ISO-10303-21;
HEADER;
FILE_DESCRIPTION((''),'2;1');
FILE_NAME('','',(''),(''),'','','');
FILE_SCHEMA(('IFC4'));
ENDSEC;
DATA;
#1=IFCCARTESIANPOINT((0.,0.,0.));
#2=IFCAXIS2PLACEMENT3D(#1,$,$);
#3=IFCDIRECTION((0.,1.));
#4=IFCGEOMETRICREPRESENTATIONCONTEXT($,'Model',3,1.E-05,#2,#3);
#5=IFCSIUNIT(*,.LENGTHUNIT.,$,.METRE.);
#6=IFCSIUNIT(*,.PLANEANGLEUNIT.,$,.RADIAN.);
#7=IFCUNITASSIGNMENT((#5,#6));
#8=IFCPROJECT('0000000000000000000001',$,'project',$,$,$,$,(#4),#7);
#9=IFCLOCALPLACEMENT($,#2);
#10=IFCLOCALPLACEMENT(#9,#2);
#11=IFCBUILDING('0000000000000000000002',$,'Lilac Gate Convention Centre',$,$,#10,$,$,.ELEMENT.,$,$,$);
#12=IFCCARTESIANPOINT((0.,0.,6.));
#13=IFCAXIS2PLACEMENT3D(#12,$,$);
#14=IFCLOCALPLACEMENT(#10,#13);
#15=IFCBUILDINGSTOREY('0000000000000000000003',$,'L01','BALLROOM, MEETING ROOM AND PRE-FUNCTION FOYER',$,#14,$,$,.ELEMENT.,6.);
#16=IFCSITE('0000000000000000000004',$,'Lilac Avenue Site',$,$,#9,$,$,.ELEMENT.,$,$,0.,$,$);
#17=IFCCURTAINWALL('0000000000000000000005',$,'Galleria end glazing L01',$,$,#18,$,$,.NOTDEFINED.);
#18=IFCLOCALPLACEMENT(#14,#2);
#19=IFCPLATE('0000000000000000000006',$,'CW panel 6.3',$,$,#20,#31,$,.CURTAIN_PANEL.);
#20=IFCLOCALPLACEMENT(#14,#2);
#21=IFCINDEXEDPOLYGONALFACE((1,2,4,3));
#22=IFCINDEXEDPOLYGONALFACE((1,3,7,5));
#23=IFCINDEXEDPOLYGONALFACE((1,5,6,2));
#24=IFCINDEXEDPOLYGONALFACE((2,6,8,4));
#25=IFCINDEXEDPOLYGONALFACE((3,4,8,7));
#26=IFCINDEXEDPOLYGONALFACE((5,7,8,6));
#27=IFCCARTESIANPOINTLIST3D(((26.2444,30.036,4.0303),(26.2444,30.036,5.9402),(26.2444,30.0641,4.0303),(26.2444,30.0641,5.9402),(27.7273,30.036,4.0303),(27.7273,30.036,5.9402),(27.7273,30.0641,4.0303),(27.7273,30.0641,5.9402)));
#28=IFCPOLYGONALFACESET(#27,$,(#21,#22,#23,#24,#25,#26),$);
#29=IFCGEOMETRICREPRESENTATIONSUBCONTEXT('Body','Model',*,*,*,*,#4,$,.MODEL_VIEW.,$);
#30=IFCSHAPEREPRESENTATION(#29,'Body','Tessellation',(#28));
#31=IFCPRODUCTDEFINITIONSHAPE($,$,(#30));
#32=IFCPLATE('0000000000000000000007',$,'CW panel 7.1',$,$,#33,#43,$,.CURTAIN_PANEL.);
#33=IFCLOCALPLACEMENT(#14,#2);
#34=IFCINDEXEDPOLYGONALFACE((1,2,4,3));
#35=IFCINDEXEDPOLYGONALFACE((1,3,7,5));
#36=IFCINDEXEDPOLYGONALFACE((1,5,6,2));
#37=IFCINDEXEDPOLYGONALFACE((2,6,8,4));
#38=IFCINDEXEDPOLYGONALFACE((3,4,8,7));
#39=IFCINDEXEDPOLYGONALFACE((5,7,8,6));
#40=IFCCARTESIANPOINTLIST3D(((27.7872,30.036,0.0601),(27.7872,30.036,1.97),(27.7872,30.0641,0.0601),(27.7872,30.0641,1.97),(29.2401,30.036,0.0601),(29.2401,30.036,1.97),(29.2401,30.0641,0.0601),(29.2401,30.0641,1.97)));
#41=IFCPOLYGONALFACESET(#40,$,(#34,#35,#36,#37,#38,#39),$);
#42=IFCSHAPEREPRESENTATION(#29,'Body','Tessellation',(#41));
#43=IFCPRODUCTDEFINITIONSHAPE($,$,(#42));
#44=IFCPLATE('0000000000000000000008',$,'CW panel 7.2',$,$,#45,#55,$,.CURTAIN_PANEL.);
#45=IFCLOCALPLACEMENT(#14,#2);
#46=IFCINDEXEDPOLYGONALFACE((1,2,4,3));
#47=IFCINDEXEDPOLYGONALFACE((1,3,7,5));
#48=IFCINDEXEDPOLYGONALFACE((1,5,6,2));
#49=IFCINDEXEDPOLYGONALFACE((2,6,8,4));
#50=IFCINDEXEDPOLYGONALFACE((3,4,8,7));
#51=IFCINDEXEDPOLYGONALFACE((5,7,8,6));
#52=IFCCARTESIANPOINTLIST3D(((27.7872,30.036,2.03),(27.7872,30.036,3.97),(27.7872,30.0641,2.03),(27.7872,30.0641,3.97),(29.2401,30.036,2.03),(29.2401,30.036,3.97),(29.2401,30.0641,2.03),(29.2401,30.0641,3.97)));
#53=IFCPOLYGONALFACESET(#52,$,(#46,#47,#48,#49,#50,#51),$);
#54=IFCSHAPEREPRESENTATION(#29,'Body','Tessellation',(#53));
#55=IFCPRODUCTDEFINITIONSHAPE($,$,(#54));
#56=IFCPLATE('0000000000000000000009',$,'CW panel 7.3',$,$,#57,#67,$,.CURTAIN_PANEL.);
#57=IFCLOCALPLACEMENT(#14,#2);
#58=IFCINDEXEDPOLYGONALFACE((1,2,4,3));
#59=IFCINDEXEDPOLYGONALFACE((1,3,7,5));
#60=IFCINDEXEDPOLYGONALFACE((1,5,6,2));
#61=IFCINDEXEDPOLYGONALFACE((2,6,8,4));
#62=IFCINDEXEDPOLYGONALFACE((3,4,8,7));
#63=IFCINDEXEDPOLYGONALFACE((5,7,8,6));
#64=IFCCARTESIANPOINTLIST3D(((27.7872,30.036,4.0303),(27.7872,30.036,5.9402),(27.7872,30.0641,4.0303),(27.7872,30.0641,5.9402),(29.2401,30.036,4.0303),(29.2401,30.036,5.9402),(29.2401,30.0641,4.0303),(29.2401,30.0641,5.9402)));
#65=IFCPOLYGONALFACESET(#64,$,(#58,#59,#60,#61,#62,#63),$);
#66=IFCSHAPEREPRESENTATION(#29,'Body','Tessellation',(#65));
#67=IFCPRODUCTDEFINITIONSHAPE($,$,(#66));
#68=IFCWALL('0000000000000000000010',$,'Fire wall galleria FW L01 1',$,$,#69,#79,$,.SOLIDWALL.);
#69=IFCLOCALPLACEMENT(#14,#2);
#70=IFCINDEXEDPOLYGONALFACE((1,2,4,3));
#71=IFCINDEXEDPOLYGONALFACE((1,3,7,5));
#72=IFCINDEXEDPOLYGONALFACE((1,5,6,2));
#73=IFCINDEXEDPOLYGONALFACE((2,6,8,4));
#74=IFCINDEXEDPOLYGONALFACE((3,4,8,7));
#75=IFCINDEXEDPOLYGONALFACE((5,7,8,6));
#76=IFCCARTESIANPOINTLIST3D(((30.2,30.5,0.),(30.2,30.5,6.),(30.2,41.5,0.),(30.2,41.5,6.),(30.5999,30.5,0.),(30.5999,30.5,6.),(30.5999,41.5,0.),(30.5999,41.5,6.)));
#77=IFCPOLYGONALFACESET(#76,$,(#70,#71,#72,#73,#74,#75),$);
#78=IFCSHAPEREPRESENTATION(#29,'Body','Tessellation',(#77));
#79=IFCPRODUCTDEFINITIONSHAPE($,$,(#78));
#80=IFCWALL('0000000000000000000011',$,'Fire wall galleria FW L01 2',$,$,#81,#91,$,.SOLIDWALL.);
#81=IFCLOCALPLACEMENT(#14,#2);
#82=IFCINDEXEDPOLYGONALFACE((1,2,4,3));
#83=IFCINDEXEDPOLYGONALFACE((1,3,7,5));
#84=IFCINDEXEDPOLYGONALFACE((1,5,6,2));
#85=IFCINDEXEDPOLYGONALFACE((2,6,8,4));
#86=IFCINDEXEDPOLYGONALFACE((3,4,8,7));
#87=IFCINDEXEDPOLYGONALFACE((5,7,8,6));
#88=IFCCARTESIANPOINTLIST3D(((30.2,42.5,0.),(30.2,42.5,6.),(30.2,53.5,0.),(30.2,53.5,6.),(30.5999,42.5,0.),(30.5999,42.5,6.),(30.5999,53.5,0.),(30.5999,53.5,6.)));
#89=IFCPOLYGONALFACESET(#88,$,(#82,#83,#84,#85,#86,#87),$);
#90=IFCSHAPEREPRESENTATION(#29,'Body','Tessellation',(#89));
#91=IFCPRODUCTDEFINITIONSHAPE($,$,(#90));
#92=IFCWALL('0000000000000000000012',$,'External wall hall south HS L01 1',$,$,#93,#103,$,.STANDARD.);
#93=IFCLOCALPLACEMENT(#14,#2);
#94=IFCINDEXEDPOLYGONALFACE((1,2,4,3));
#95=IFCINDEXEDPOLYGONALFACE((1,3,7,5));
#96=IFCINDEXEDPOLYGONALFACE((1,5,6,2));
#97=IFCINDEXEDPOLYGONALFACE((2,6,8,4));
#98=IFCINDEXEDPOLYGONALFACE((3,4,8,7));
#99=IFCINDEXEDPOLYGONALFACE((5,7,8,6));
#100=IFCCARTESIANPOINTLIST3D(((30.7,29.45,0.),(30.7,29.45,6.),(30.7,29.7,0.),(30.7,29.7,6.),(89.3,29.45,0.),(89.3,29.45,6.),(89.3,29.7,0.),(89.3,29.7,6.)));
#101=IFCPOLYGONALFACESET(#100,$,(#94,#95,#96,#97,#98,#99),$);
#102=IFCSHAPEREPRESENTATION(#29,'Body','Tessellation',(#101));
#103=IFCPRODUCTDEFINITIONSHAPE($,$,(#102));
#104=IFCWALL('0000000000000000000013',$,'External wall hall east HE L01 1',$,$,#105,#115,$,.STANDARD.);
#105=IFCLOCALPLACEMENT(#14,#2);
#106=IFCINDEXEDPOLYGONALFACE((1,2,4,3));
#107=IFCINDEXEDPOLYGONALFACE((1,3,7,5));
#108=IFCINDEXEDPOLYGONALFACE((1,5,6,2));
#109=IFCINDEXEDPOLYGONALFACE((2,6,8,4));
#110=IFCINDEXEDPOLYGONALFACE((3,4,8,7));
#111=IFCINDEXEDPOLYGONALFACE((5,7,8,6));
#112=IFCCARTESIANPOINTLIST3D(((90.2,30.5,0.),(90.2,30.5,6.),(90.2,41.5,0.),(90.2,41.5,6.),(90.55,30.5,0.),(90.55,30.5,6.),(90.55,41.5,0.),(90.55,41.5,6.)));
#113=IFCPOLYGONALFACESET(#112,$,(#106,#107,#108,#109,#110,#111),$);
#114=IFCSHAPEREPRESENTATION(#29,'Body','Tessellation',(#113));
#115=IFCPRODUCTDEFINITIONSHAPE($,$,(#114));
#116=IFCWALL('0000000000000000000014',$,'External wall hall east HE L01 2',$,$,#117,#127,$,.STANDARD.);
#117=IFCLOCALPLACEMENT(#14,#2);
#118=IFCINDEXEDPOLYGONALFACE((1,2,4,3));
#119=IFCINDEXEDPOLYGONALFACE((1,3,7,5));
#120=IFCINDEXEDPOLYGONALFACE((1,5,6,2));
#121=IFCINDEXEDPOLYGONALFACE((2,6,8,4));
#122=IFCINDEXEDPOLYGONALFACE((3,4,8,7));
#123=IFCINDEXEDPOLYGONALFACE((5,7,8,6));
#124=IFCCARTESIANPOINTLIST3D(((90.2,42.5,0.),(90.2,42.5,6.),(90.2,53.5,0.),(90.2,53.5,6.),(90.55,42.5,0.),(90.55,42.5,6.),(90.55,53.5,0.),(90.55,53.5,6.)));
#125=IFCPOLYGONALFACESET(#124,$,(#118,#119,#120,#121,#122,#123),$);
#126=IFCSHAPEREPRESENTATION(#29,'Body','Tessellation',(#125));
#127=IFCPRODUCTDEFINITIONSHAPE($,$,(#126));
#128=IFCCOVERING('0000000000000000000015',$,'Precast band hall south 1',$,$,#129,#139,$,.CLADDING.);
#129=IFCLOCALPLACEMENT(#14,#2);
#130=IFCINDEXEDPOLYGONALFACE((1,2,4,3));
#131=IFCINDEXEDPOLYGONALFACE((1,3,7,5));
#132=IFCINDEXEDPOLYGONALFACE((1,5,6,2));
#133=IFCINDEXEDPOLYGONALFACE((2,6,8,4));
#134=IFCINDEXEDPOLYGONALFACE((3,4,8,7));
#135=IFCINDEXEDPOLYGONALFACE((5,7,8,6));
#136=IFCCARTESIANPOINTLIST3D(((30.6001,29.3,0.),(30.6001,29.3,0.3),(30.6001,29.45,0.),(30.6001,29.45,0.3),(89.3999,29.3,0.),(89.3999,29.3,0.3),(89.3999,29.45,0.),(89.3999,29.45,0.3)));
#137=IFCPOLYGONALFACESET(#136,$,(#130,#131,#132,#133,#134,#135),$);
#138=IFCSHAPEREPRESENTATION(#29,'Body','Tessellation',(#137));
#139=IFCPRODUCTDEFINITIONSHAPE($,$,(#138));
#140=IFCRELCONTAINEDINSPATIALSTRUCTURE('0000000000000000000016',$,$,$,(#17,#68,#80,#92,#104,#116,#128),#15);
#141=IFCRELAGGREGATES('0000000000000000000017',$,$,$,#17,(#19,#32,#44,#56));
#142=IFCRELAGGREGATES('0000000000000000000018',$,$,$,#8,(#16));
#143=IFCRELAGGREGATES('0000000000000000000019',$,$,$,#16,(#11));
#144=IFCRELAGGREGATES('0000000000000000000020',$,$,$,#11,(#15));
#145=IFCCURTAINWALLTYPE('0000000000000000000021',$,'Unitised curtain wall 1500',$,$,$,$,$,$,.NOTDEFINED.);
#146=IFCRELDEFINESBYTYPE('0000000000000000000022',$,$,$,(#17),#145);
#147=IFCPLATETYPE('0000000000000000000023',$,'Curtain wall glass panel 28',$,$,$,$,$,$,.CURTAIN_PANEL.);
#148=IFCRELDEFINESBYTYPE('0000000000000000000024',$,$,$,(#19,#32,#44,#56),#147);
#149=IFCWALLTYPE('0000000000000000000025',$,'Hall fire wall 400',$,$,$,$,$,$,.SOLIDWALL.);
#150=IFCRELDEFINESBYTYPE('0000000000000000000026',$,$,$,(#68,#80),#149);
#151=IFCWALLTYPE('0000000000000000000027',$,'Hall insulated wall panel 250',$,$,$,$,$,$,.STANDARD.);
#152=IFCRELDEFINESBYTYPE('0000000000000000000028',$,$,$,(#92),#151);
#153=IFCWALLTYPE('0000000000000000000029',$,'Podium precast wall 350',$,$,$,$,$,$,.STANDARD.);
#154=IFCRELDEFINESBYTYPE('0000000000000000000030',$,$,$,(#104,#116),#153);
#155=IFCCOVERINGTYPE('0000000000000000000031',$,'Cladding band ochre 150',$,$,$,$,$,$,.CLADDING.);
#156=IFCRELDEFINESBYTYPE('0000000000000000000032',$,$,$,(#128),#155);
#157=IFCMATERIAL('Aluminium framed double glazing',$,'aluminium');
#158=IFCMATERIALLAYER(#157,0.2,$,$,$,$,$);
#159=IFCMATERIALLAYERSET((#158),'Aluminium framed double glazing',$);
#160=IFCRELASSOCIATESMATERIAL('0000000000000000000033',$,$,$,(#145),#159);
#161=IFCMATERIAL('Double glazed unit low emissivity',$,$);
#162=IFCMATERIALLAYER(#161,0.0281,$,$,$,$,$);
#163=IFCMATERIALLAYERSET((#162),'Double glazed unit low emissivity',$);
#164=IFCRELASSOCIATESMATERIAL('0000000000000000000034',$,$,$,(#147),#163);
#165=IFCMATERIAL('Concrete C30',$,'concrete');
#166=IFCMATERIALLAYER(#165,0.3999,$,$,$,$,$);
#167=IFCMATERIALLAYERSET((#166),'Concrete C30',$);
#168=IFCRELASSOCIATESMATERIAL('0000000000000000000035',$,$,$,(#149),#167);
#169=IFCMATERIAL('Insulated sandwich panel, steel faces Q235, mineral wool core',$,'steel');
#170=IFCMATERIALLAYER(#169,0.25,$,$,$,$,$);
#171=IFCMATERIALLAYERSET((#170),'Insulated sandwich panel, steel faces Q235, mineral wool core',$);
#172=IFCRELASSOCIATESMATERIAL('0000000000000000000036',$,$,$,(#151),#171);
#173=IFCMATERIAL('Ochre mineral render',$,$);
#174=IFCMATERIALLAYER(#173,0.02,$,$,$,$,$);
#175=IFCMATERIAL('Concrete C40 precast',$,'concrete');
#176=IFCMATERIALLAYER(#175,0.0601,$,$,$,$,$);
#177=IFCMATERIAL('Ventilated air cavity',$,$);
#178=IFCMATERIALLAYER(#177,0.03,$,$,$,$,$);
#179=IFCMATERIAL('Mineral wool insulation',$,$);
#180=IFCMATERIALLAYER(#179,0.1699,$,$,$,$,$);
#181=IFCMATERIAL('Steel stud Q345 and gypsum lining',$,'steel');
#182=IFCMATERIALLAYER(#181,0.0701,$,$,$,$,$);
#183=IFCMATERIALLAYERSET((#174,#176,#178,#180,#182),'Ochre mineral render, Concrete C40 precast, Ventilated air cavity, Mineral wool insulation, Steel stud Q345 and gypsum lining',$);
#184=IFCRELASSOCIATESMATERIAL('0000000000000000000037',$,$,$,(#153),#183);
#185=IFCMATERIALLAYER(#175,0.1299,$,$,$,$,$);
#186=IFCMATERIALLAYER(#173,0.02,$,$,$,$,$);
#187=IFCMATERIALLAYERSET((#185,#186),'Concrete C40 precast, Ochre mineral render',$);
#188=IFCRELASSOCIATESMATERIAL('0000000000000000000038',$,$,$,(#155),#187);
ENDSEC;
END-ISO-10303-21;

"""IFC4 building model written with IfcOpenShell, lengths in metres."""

from ifc_helpers import new_model, si_unit, direction, frame, frame_2d, origin, origin_2d, place, context, subcontext, project, spatial, rectangle, extrude, material, layer, layer_set, type_object, element, aggregate, save


model = new_model("IFC4")

# Units and contexts
model_context = context("Model", 3, precision=1e-05, world=origin(), true_north=direction((0.0, 1.0)))
body_context = subcontext(model_context, "Body", "Model", "MODEL_VIEW")
ifc_project = project(units=[si_unit("LENGTHUNIT", "METRE"), si_unit("PLANEANGLEUNIT", "RADIAN")], contexts=[model_context])

# Site, building, storey
site_placement = place(None, origin())
site = spatial("IfcSite", under=ifc_project, at=site_placement, Name="Lilac Avenue Site", CompositionType="ELEMENT", RefElevation=0.0)
building_placement = place(site_placement, origin())
building = spatial("IfcBuilding", under=site, at=building_placement, Name="Lilac Gate Convention Centre", CompositionType="ELEMENT")
storey_placement = place(building_placement, frame((0.0, 0.0, 6.0)))
storey = spatial("IfcBuildingStorey", under=building, at=storey_placement, Name="L01", Description="BALLROOM, MEETING ROOM AND PRE-FUNCTION FOYER", CompositionType="ELEMENT", Elevation=6.0)

# Curtain wall, plates
ifc_material_1 = material(Name="Aluminium framed double glazing", Category="aluminium")
ifc_layer_1 = layer(ifc_material_1, 0.2)
ifc_layer_set_1 = layer_set([ifc_layer_1], Name="Aluminium framed double glazing")
curtain_wall_type = type_object("IfcCurtainWallType", Name="Unitised curtain wall 1500", PredefinedType="NOTDEFINED", material=ifc_layer_set_1)
curtain_wall_placement = place(storey_placement, origin())
curtain_wall = element("IfcCurtainWall", 1, at=curtain_wall_placement, inside=storey, type_object=curtain_wall_type, Name="Galleria end glazing L01", PredefinedType="NOTDEFINED")
ifc_material_2 = material(Name="Double glazed unit low emissivity")
ifc_layer_2 = layer(ifc_material_2, 0.0281)
ifc_layer_set_2 = layer_set([ifc_layer_2], Name="Double glazed unit low emissivity")
plate_type = type_object("IfcPlateType", Name="Curtain wall glass panel 28", PredefinedType="CURTAIN_PANEL", material=ifc_layer_set_2)
plate_1_placement = place(storey_placement, frame((26.9858, 30.05, 4.0303), z_axis=(0.0, 0.0, 1.0), x_axis=(1.0, 0.0, 0.0)))
plate_1 = element("IfcPlate", 2, at=plate_1_placement, type_object=plate_type, Name="CW panel 6.3", PredefinedType="CURTAIN_PANEL", context=body_context, shape_type="SweptSolid", body=[
    extrude(rectangle(XDim=1.4829, YDim=0.0281, at=origin_2d()), origin(), (0.0, 0.0, 1.0), 1.9099),
])
plate_2_placement = place(storey_placement, frame((28.5137, 30.05, 0.0601), z_axis=(0.0, 0.0, 1.0), x_axis=(1.0, 0.0, 0.0)))
plate_2 = element("IfcPlate", 3, at=plate_2_placement, type_object=plate_type, Name="CW panel 7.1", PredefinedType="CURTAIN_PANEL", context=body_context, shape_type="SweptSolid", body=[
    extrude(rectangle(XDim=1.4529, YDim=0.0281, at=origin_2d()), origin(), (0.0, 0.0, 1.0), 1.9099),
])
plate_3_placement = place(storey_placement, frame((28.5137, 30.05, 2.03), z_axis=(0.0, 0.0, 1.0), x_axis=(1.0, 0.0, 0.0)))
plate_3 = element("IfcPlate", 4, at=plate_3_placement, type_object=plate_type, Name="CW panel 7.2", PredefinedType="CURTAIN_PANEL", context=body_context, shape_type="SweptSolid", body=[
    extrude(rectangle(XDim=1.4529, YDim=0.0281, at=origin_2d()), origin(), (0.0, 0.0, 1.0), 1.9399),
])
plate_4_placement = place(storey_placement, frame((28.5137, 30.05, 4.0303), z_axis=(0.0, 0.0, 1.0), x_axis=(1.0, 0.0, 0.0)))
plate_4 = element("IfcPlate", 5, at=plate_4_placement, type_object=plate_type, Name="CW panel 7.3", PredefinedType="CURTAIN_PANEL", context=body_context, shape_type="SweptSolid", body=[
    extrude(rectangle(XDim=1.4529, YDim=0.0281, at=origin_2d()), origin(), (0.0, 0.0, 1.0), 1.9099),
])
aggregate(curtain_wall, [plate_1, plate_2, plate_3, plate_4])

# Walls
ifc_material_3 = material(Name="Concrete C30", Category="concrete")
ifc_layer_3 = layer(ifc_material_3, 0.3999)
ifc_layer_set_3 = layer_set([ifc_layer_3], Name="Concrete C30")
wall_type_1 = type_object("IfcWallType", Name="Hall fire wall 400", PredefinedType="SOLIDWALL", material=ifc_layer_set_3)
for number, where, z_axis, x_axis, name in (
    (6, (30.3999, 30.5, 0.0), (0.0, 0.0, 1.0), (0.0, 1.0, 0.0), "Fire wall galleria FW L01 1"),
    (7, (30.3999, 42.5, 0.0), (0.0, 0.0, 1.0), (0.0, 1.0, 0.0), "Fire wall galleria FW L01 2"),
):
    element("IfcWall", number, at=place(storey_placement, frame(where, z_axis=z_axis, x_axis=x_axis)), inside=storey, type_object=wall_type_1, Name=name, PredefinedType="SOLIDWALL", context=body_context, shape_type="SweptSolid", body=[
        extrude(rectangle(XDim=11.0, YDim=0.3999, at=frame_2d((5.5, 0.0))), origin(), (0.0, 0.0, 1.0), 6.0),
    ])
ifc_material_4 = material(Name="Insulated sandwich panel, steel faces Q235, mineral wool core", Category="steel")
ifc_layer_4 = layer(ifc_material_4, 0.25)
ifc_layer_set_4 = layer_set([ifc_layer_4], Name="Insulated sandwich panel, steel faces Q235, mineral wool core")
wall_type_2 = type_object("IfcWallType", Name="Hall insulated wall panel 250", PredefinedType="STANDARD", material=ifc_layer_set_4)
wall_placement = place(storey_placement, frame((30.7, 29.575, 0.0), z_axis=(0.0, 0.0, 1.0), x_axis=(1.0, 0.0, 0.0)))
element("IfcWall", 8, at=wall_placement, inside=storey, type_object=wall_type_2, Name="External wall hall south HS L01 1", PredefinedType="STANDARD", context=body_context, shape_type="SweptSolid", body=[
    extrude(rectangle(XDim=58.6001, YDim=0.25, at=frame_2d((29.3, 0.0))), origin(), (0.0, 0.0, 1.0), 6.0),
])
ifc_material_5 = material(Name="Ochre mineral render")
ifc_layer_5 = layer(ifc_material_5, 0.02)
ifc_material_6 = material(Name="Concrete C40 precast", Category="concrete")
ifc_layer_6 = layer(ifc_material_6, 0.0601)
ifc_material_7 = material(Name="Ventilated air cavity")
ifc_layer_7 = layer(ifc_material_7, 0.03)
ifc_material_8 = material(Name="Mineral wool insulation")
ifc_layer_8 = layer(ifc_material_8, 0.1699)
ifc_material_9 = material(Name="Steel stud Q345 and gypsum lining", Category="steel")
ifc_layer_9 = layer(ifc_material_9, 0.0701)
ifc_layer_set_5 = layer_set([ifc_layer_5, ifc_layer_6, ifc_layer_7, ifc_layer_8, ifc_layer_9], Name="Ochre mineral render, Concrete C40 precast, Ventilated air cavity, Mineral wool insulation, Steel stud Q345 and gypsum lining")
wall_type_3 = type_object("IfcWallType", Name="Podium precast wall 350", PredefinedType="STANDARD", material=ifc_layer_set_5)
for number, where, z_axis, x_axis, name in (
    (9, (90.375, 30.5, 0.0), (0.0, 0.0, 1.0), (0.0, 1.0, 0.0), "External wall hall east HE L01 1"),
    (10, (90.375, 42.5, 0.0), (0.0, 0.0, 1.0), (0.0, 1.0, 0.0), "External wall hall east HE L01 2"),
):
    element("IfcWall", number, at=place(storey_placement, frame(where, z_axis=z_axis, x_axis=x_axis)), inside=storey, type_object=wall_type_3, Name=name, PredefinedType="STANDARD", context=body_context, shape_type="SweptSolid", body=[
        extrude(rectangle(XDim=11.0, YDim=0.3501, at=frame_2d((5.5, 0.0))), origin(), (0.0, 0.0, 1.0), 6.0),
    ])

# Covering
ifc_layer_10 = layer(ifc_material_6, 0.1299)
ifc_layer_11 = layer(ifc_material_5, 0.02)
ifc_layer_set_6 = layer_set([ifc_layer_10, ifc_layer_11], Name="Concrete C40 precast, Ochre mineral render")
covering_type = type_object("IfcCoveringType", Name="Cladding band ochre 150", PredefinedType="CLADDING", material=ifc_layer_set_6)
covering_placement = place(storey_placement, frame((30.6001, 29.375, 0.0), z_axis=(0.0, 0.0, 1.0), x_axis=(1.0, 0.0, 0.0)))
element("IfcCovering", 11, at=covering_placement, inside=storey, type_object=covering_type, Name="Precast band hall south 1", PredefinedType="CLADDING", context=body_context, shape_type="SweptSolid", body=[
    extrude(rectangle(XDim=58.7998, YDim=0.1499, at=frame_2d((29.3999, 0.0))), origin(), (0.0, 0.0, 1.0), 0.3),
])

save(model, "model.ifc")
